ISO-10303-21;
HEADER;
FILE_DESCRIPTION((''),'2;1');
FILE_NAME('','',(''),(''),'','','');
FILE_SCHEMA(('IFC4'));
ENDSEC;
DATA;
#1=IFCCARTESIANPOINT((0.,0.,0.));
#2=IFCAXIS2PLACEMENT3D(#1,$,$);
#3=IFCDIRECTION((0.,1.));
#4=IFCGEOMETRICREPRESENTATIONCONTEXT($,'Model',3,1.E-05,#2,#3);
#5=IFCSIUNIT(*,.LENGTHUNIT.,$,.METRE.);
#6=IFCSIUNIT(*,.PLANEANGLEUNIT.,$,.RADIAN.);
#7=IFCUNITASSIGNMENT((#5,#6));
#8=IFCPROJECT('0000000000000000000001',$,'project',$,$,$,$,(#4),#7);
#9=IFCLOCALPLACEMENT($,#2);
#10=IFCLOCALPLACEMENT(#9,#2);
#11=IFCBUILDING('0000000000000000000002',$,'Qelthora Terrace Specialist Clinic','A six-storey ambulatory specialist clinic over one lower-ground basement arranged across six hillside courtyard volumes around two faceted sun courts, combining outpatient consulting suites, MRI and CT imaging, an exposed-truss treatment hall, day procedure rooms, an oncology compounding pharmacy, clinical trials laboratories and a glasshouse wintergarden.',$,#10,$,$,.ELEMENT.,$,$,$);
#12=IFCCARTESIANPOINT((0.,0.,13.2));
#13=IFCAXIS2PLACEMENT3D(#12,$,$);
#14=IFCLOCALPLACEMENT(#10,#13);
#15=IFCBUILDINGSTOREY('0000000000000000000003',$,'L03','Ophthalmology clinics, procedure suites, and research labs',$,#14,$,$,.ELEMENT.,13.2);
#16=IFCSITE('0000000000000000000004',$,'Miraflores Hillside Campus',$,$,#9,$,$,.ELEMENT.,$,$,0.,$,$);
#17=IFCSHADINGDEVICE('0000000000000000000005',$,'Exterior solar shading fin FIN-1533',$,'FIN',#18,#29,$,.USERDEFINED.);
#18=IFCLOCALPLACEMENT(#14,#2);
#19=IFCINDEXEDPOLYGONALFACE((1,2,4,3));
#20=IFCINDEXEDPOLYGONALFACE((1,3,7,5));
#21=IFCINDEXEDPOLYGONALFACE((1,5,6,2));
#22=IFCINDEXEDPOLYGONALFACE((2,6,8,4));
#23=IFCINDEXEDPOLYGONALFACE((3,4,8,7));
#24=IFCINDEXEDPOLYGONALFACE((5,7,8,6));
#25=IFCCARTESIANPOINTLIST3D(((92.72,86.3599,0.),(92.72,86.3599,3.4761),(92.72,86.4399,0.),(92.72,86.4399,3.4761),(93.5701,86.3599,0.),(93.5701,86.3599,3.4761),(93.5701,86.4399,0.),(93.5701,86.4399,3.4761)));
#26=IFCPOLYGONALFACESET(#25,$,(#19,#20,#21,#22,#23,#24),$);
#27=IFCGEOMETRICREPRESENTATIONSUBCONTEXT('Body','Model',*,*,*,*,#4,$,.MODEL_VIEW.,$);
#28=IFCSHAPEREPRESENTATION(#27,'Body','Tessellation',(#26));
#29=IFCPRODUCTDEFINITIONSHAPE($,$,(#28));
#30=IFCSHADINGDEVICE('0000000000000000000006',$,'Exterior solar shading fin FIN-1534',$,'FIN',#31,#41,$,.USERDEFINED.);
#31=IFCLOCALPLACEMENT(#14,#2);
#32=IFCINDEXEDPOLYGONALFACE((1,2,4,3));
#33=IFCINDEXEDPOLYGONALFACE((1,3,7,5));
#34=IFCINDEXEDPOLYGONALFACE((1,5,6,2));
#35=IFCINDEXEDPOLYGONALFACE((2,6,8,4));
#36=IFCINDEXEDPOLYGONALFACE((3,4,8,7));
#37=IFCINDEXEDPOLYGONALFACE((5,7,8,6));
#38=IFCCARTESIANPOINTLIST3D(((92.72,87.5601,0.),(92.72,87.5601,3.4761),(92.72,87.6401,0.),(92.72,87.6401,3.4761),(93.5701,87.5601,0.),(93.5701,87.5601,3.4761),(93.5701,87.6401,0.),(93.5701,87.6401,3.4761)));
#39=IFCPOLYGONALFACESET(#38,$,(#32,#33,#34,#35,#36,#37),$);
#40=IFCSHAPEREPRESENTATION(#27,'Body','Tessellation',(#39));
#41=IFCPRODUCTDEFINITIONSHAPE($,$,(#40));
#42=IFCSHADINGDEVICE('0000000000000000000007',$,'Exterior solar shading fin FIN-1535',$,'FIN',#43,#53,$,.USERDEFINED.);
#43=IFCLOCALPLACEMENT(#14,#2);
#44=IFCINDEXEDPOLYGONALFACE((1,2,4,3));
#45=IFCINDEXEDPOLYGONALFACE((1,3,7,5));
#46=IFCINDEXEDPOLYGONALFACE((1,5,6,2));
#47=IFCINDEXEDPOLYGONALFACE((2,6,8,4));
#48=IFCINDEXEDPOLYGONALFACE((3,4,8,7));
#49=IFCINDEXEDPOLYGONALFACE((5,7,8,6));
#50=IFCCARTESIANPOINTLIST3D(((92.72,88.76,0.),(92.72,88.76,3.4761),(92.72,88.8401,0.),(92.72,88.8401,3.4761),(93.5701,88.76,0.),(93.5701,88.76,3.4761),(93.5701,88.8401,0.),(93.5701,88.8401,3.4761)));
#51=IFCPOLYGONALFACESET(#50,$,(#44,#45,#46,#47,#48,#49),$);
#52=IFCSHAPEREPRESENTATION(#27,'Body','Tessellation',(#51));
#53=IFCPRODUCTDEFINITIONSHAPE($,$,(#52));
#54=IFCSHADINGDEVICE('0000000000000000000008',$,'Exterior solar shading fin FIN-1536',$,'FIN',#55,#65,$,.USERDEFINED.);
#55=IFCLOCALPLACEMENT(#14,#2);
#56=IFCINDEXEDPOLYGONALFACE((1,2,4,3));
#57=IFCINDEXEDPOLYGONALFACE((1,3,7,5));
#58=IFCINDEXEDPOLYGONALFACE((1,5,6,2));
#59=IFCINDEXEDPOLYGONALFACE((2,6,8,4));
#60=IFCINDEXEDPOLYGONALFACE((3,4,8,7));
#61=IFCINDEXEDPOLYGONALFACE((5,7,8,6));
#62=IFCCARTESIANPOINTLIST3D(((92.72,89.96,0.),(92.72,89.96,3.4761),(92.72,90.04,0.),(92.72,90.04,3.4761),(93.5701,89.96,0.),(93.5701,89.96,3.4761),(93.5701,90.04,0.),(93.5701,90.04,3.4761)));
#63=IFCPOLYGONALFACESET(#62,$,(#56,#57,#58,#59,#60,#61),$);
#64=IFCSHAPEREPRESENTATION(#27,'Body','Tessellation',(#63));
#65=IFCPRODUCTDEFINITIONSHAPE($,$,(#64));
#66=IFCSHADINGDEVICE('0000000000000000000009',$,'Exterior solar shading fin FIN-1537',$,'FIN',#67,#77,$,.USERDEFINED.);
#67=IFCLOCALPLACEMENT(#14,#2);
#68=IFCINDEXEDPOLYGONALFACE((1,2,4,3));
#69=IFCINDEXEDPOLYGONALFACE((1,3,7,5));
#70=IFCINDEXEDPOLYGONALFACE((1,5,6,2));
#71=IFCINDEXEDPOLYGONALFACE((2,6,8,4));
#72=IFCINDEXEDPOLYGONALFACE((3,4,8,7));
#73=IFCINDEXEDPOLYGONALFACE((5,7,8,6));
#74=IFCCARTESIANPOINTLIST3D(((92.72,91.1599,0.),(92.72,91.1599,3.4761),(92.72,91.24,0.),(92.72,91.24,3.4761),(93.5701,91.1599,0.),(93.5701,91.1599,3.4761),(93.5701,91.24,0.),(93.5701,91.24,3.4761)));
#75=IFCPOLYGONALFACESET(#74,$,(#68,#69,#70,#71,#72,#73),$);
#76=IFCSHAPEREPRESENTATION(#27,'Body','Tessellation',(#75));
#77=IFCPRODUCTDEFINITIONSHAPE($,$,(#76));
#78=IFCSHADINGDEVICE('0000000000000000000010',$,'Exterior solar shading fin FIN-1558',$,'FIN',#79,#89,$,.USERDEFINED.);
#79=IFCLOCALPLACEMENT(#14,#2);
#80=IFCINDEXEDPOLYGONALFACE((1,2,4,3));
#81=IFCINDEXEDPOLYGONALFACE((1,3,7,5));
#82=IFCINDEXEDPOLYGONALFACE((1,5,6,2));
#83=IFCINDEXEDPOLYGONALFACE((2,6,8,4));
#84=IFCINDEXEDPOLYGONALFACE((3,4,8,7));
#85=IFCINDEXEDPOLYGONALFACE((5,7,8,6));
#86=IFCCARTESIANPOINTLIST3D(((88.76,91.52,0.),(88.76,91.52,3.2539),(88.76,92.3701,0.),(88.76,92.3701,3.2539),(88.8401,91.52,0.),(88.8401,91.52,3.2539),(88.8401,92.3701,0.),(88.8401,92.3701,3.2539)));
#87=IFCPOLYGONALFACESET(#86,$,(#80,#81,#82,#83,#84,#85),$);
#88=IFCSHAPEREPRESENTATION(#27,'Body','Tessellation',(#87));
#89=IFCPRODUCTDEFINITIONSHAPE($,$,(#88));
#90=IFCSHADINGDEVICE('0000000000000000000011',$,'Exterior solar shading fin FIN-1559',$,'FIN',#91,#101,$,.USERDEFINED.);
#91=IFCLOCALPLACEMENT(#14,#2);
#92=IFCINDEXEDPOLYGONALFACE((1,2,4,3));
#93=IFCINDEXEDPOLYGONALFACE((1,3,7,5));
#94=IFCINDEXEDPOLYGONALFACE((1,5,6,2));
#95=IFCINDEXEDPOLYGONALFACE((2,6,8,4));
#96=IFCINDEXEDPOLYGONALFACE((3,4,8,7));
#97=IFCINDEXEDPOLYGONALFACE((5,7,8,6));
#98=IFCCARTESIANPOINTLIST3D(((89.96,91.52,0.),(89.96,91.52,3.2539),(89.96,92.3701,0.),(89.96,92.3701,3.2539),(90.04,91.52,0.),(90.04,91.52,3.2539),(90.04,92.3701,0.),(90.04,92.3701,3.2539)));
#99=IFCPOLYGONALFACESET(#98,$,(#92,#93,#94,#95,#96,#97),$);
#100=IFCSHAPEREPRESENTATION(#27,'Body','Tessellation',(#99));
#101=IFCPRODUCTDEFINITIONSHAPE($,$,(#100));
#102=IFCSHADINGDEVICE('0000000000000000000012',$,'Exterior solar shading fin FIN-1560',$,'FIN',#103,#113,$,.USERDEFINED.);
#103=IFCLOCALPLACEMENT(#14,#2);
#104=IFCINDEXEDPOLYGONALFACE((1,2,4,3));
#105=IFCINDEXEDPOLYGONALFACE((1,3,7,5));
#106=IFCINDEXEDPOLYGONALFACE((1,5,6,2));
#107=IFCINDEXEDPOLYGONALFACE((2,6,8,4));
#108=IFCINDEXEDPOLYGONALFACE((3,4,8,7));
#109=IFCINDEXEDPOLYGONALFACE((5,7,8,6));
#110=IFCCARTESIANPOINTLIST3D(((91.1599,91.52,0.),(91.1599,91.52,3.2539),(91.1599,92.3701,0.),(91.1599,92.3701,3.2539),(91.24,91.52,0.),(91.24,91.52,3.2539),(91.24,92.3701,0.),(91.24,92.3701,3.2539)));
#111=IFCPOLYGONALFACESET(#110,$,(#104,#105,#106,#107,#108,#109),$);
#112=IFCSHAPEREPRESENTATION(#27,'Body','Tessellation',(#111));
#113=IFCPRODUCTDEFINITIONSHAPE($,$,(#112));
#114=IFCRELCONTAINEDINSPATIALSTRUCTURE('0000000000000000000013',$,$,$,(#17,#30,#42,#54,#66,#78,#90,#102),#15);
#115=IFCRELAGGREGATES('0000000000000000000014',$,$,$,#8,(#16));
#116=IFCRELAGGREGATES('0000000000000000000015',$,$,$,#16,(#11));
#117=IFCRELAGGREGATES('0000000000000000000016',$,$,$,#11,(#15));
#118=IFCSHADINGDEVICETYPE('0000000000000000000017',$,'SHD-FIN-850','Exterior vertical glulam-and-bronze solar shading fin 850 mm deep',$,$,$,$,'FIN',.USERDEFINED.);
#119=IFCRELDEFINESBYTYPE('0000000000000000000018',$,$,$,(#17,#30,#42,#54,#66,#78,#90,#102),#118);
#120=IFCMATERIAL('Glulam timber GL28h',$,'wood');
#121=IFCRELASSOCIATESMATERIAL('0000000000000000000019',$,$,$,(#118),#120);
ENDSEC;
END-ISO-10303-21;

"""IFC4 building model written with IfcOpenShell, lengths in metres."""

from ifc_helpers import new_model, si_unit, direction, frame, origin, origin_2d, place, context, subcontext, project, spatial, rectangle, extrude, material, type_object, element, save


model = new_model("IFC4")

# Units and contexts
model_context = context("Model", 3, precision=1e-05, world=origin(), true_north=direction((0.0, 1.0)))
body_context = subcontext(model_context, "Body", "Model", "MODEL_VIEW")
ifc_project = project(units=[si_unit("LENGTHUNIT", "METRE"), si_unit("PLANEANGLEUNIT", "RADIAN")], contexts=[model_context])

# Site, building, storey
site_placement = place(None, origin())
site = spatial("IfcSite", under=ifc_project, at=site_placement, Name="Miraflores Hillside Campus", CompositionType="ELEMENT", RefElevation=0.0)
building_placement = place(site_placement, origin())
building = spatial("IfcBuilding", under=site, at=building_placement, Name="Qelthora Terrace Specialist Clinic", Description="A six-storey ambulatory specialist clinic over one lower-ground basement arranged across six hillside courtyard volumes around two faceted sun courts, combining outpatient consulting suites, MRI and CT imaging, an exposed-truss treatment hall, day procedure rooms, an oncology compounding pharmacy, clinical trials laboratories and a glasshouse wintergarden.", CompositionType="ELEMENT")
storey_placement = place(building_placement, frame((0.0, 0.0, 13.2)))
storey = spatial("IfcBuildingStorey", under=building, at=storey_placement, Name="L03", Description="Ophthalmology clinics, procedure suites, and research labs", CompositionType="ELEMENT", Elevation=13.2)

# Shared definitions
ifc_material_1 = material(Name="Glulam timber GL28h", Category="wood")

# Shading devices
shading_device_type = type_object("IfcShadingDeviceType", Name="SHD-FIN-850", Description="Exterior vertical glulam-and-bronze solar shading fin 850 mm deep", ElementType="FIN", PredefinedType="USERDEFINED", material=ifc_material_1)
for number, where, z_axis, x_axis, name in (
    (1, (93.145, 86.3999, 0.0), (0.0, 0.0, 1.0), (-1.0, 0.0, 0.0), "Exterior solar shading fin FIN-1533"),
    (2, (93.145, 87.6001, 0.0), (0.0, 0.0, 1.0), (-1.0, 0.0, 0.0), "Exterior solar shading fin FIN-1534"),
    (3, (93.145, 88.8, 0.0), (0.0, 0.0, 1.0), (-1.0, 0.0, 0.0), "Exterior solar shading fin FIN-1535"),
    (4, (93.145, 90.0, 0.0), (0.0, 0.0, 1.0), (-1.0, 0.0, 0.0), "Exterior solar shading fin FIN-1536"),
    (5, (93.145, 91.2, 0.0), (0.0, 0.0, 1.0), (-1.0, 0.0, 0.0), "Exterior solar shading fin FIN-1537"),
):
    element("IfcShadingDevice", number, at=place(storey_placement, frame(where, z_axis=z_axis, x_axis=x_axis)), inside=storey, type_object=shading_device_type, Name=name, ObjectType="FIN", PredefinedType="USERDEFINED", context=body_context, shape_type="SweptSolid", body=[
        extrude(rectangle(XDim=0.8501, YDim=0.0801, at=origin_2d()), origin(), (0.0, 0.0, 1.0), 3.4761),
    ])
for number, where, z_axis, x_axis, name in (
    (6, (88.8, 91.9451, 0.0), (0.0, 0.0, 1.0), (0.0, -1.0, 0.0), "Exterior solar shading fin FIN-1558"),
    (7, (90.0, 91.9451, 0.0), (0.0, 0.0, 1.0), (0.0, -1.0, 0.0), "Exterior solar shading fin FIN-1559"),
    (8, (91.2, 91.9451, 0.0), (0.0, 0.0, 1.0), (0.0, -1.0, 0.0), "Exterior solar shading fin FIN-1560"),
):
    element("IfcShadingDevice", number, at=place(storey_placement, frame(where, z_axis=z_axis, x_axis=x_axis)), inside=storey, type_object=shading_device_type, Name=name, ObjectType="FIN", PredefinedType="USERDEFINED", context=body_context, shape_type="SweptSolid", body=[
        extrude(rectangle(XDim=0.8501, YDim=0.0801, at=origin_2d()), origin(), (0.0, 0.0, 1.0), 3.2539),
    ])

save(model, "model.ifc")
